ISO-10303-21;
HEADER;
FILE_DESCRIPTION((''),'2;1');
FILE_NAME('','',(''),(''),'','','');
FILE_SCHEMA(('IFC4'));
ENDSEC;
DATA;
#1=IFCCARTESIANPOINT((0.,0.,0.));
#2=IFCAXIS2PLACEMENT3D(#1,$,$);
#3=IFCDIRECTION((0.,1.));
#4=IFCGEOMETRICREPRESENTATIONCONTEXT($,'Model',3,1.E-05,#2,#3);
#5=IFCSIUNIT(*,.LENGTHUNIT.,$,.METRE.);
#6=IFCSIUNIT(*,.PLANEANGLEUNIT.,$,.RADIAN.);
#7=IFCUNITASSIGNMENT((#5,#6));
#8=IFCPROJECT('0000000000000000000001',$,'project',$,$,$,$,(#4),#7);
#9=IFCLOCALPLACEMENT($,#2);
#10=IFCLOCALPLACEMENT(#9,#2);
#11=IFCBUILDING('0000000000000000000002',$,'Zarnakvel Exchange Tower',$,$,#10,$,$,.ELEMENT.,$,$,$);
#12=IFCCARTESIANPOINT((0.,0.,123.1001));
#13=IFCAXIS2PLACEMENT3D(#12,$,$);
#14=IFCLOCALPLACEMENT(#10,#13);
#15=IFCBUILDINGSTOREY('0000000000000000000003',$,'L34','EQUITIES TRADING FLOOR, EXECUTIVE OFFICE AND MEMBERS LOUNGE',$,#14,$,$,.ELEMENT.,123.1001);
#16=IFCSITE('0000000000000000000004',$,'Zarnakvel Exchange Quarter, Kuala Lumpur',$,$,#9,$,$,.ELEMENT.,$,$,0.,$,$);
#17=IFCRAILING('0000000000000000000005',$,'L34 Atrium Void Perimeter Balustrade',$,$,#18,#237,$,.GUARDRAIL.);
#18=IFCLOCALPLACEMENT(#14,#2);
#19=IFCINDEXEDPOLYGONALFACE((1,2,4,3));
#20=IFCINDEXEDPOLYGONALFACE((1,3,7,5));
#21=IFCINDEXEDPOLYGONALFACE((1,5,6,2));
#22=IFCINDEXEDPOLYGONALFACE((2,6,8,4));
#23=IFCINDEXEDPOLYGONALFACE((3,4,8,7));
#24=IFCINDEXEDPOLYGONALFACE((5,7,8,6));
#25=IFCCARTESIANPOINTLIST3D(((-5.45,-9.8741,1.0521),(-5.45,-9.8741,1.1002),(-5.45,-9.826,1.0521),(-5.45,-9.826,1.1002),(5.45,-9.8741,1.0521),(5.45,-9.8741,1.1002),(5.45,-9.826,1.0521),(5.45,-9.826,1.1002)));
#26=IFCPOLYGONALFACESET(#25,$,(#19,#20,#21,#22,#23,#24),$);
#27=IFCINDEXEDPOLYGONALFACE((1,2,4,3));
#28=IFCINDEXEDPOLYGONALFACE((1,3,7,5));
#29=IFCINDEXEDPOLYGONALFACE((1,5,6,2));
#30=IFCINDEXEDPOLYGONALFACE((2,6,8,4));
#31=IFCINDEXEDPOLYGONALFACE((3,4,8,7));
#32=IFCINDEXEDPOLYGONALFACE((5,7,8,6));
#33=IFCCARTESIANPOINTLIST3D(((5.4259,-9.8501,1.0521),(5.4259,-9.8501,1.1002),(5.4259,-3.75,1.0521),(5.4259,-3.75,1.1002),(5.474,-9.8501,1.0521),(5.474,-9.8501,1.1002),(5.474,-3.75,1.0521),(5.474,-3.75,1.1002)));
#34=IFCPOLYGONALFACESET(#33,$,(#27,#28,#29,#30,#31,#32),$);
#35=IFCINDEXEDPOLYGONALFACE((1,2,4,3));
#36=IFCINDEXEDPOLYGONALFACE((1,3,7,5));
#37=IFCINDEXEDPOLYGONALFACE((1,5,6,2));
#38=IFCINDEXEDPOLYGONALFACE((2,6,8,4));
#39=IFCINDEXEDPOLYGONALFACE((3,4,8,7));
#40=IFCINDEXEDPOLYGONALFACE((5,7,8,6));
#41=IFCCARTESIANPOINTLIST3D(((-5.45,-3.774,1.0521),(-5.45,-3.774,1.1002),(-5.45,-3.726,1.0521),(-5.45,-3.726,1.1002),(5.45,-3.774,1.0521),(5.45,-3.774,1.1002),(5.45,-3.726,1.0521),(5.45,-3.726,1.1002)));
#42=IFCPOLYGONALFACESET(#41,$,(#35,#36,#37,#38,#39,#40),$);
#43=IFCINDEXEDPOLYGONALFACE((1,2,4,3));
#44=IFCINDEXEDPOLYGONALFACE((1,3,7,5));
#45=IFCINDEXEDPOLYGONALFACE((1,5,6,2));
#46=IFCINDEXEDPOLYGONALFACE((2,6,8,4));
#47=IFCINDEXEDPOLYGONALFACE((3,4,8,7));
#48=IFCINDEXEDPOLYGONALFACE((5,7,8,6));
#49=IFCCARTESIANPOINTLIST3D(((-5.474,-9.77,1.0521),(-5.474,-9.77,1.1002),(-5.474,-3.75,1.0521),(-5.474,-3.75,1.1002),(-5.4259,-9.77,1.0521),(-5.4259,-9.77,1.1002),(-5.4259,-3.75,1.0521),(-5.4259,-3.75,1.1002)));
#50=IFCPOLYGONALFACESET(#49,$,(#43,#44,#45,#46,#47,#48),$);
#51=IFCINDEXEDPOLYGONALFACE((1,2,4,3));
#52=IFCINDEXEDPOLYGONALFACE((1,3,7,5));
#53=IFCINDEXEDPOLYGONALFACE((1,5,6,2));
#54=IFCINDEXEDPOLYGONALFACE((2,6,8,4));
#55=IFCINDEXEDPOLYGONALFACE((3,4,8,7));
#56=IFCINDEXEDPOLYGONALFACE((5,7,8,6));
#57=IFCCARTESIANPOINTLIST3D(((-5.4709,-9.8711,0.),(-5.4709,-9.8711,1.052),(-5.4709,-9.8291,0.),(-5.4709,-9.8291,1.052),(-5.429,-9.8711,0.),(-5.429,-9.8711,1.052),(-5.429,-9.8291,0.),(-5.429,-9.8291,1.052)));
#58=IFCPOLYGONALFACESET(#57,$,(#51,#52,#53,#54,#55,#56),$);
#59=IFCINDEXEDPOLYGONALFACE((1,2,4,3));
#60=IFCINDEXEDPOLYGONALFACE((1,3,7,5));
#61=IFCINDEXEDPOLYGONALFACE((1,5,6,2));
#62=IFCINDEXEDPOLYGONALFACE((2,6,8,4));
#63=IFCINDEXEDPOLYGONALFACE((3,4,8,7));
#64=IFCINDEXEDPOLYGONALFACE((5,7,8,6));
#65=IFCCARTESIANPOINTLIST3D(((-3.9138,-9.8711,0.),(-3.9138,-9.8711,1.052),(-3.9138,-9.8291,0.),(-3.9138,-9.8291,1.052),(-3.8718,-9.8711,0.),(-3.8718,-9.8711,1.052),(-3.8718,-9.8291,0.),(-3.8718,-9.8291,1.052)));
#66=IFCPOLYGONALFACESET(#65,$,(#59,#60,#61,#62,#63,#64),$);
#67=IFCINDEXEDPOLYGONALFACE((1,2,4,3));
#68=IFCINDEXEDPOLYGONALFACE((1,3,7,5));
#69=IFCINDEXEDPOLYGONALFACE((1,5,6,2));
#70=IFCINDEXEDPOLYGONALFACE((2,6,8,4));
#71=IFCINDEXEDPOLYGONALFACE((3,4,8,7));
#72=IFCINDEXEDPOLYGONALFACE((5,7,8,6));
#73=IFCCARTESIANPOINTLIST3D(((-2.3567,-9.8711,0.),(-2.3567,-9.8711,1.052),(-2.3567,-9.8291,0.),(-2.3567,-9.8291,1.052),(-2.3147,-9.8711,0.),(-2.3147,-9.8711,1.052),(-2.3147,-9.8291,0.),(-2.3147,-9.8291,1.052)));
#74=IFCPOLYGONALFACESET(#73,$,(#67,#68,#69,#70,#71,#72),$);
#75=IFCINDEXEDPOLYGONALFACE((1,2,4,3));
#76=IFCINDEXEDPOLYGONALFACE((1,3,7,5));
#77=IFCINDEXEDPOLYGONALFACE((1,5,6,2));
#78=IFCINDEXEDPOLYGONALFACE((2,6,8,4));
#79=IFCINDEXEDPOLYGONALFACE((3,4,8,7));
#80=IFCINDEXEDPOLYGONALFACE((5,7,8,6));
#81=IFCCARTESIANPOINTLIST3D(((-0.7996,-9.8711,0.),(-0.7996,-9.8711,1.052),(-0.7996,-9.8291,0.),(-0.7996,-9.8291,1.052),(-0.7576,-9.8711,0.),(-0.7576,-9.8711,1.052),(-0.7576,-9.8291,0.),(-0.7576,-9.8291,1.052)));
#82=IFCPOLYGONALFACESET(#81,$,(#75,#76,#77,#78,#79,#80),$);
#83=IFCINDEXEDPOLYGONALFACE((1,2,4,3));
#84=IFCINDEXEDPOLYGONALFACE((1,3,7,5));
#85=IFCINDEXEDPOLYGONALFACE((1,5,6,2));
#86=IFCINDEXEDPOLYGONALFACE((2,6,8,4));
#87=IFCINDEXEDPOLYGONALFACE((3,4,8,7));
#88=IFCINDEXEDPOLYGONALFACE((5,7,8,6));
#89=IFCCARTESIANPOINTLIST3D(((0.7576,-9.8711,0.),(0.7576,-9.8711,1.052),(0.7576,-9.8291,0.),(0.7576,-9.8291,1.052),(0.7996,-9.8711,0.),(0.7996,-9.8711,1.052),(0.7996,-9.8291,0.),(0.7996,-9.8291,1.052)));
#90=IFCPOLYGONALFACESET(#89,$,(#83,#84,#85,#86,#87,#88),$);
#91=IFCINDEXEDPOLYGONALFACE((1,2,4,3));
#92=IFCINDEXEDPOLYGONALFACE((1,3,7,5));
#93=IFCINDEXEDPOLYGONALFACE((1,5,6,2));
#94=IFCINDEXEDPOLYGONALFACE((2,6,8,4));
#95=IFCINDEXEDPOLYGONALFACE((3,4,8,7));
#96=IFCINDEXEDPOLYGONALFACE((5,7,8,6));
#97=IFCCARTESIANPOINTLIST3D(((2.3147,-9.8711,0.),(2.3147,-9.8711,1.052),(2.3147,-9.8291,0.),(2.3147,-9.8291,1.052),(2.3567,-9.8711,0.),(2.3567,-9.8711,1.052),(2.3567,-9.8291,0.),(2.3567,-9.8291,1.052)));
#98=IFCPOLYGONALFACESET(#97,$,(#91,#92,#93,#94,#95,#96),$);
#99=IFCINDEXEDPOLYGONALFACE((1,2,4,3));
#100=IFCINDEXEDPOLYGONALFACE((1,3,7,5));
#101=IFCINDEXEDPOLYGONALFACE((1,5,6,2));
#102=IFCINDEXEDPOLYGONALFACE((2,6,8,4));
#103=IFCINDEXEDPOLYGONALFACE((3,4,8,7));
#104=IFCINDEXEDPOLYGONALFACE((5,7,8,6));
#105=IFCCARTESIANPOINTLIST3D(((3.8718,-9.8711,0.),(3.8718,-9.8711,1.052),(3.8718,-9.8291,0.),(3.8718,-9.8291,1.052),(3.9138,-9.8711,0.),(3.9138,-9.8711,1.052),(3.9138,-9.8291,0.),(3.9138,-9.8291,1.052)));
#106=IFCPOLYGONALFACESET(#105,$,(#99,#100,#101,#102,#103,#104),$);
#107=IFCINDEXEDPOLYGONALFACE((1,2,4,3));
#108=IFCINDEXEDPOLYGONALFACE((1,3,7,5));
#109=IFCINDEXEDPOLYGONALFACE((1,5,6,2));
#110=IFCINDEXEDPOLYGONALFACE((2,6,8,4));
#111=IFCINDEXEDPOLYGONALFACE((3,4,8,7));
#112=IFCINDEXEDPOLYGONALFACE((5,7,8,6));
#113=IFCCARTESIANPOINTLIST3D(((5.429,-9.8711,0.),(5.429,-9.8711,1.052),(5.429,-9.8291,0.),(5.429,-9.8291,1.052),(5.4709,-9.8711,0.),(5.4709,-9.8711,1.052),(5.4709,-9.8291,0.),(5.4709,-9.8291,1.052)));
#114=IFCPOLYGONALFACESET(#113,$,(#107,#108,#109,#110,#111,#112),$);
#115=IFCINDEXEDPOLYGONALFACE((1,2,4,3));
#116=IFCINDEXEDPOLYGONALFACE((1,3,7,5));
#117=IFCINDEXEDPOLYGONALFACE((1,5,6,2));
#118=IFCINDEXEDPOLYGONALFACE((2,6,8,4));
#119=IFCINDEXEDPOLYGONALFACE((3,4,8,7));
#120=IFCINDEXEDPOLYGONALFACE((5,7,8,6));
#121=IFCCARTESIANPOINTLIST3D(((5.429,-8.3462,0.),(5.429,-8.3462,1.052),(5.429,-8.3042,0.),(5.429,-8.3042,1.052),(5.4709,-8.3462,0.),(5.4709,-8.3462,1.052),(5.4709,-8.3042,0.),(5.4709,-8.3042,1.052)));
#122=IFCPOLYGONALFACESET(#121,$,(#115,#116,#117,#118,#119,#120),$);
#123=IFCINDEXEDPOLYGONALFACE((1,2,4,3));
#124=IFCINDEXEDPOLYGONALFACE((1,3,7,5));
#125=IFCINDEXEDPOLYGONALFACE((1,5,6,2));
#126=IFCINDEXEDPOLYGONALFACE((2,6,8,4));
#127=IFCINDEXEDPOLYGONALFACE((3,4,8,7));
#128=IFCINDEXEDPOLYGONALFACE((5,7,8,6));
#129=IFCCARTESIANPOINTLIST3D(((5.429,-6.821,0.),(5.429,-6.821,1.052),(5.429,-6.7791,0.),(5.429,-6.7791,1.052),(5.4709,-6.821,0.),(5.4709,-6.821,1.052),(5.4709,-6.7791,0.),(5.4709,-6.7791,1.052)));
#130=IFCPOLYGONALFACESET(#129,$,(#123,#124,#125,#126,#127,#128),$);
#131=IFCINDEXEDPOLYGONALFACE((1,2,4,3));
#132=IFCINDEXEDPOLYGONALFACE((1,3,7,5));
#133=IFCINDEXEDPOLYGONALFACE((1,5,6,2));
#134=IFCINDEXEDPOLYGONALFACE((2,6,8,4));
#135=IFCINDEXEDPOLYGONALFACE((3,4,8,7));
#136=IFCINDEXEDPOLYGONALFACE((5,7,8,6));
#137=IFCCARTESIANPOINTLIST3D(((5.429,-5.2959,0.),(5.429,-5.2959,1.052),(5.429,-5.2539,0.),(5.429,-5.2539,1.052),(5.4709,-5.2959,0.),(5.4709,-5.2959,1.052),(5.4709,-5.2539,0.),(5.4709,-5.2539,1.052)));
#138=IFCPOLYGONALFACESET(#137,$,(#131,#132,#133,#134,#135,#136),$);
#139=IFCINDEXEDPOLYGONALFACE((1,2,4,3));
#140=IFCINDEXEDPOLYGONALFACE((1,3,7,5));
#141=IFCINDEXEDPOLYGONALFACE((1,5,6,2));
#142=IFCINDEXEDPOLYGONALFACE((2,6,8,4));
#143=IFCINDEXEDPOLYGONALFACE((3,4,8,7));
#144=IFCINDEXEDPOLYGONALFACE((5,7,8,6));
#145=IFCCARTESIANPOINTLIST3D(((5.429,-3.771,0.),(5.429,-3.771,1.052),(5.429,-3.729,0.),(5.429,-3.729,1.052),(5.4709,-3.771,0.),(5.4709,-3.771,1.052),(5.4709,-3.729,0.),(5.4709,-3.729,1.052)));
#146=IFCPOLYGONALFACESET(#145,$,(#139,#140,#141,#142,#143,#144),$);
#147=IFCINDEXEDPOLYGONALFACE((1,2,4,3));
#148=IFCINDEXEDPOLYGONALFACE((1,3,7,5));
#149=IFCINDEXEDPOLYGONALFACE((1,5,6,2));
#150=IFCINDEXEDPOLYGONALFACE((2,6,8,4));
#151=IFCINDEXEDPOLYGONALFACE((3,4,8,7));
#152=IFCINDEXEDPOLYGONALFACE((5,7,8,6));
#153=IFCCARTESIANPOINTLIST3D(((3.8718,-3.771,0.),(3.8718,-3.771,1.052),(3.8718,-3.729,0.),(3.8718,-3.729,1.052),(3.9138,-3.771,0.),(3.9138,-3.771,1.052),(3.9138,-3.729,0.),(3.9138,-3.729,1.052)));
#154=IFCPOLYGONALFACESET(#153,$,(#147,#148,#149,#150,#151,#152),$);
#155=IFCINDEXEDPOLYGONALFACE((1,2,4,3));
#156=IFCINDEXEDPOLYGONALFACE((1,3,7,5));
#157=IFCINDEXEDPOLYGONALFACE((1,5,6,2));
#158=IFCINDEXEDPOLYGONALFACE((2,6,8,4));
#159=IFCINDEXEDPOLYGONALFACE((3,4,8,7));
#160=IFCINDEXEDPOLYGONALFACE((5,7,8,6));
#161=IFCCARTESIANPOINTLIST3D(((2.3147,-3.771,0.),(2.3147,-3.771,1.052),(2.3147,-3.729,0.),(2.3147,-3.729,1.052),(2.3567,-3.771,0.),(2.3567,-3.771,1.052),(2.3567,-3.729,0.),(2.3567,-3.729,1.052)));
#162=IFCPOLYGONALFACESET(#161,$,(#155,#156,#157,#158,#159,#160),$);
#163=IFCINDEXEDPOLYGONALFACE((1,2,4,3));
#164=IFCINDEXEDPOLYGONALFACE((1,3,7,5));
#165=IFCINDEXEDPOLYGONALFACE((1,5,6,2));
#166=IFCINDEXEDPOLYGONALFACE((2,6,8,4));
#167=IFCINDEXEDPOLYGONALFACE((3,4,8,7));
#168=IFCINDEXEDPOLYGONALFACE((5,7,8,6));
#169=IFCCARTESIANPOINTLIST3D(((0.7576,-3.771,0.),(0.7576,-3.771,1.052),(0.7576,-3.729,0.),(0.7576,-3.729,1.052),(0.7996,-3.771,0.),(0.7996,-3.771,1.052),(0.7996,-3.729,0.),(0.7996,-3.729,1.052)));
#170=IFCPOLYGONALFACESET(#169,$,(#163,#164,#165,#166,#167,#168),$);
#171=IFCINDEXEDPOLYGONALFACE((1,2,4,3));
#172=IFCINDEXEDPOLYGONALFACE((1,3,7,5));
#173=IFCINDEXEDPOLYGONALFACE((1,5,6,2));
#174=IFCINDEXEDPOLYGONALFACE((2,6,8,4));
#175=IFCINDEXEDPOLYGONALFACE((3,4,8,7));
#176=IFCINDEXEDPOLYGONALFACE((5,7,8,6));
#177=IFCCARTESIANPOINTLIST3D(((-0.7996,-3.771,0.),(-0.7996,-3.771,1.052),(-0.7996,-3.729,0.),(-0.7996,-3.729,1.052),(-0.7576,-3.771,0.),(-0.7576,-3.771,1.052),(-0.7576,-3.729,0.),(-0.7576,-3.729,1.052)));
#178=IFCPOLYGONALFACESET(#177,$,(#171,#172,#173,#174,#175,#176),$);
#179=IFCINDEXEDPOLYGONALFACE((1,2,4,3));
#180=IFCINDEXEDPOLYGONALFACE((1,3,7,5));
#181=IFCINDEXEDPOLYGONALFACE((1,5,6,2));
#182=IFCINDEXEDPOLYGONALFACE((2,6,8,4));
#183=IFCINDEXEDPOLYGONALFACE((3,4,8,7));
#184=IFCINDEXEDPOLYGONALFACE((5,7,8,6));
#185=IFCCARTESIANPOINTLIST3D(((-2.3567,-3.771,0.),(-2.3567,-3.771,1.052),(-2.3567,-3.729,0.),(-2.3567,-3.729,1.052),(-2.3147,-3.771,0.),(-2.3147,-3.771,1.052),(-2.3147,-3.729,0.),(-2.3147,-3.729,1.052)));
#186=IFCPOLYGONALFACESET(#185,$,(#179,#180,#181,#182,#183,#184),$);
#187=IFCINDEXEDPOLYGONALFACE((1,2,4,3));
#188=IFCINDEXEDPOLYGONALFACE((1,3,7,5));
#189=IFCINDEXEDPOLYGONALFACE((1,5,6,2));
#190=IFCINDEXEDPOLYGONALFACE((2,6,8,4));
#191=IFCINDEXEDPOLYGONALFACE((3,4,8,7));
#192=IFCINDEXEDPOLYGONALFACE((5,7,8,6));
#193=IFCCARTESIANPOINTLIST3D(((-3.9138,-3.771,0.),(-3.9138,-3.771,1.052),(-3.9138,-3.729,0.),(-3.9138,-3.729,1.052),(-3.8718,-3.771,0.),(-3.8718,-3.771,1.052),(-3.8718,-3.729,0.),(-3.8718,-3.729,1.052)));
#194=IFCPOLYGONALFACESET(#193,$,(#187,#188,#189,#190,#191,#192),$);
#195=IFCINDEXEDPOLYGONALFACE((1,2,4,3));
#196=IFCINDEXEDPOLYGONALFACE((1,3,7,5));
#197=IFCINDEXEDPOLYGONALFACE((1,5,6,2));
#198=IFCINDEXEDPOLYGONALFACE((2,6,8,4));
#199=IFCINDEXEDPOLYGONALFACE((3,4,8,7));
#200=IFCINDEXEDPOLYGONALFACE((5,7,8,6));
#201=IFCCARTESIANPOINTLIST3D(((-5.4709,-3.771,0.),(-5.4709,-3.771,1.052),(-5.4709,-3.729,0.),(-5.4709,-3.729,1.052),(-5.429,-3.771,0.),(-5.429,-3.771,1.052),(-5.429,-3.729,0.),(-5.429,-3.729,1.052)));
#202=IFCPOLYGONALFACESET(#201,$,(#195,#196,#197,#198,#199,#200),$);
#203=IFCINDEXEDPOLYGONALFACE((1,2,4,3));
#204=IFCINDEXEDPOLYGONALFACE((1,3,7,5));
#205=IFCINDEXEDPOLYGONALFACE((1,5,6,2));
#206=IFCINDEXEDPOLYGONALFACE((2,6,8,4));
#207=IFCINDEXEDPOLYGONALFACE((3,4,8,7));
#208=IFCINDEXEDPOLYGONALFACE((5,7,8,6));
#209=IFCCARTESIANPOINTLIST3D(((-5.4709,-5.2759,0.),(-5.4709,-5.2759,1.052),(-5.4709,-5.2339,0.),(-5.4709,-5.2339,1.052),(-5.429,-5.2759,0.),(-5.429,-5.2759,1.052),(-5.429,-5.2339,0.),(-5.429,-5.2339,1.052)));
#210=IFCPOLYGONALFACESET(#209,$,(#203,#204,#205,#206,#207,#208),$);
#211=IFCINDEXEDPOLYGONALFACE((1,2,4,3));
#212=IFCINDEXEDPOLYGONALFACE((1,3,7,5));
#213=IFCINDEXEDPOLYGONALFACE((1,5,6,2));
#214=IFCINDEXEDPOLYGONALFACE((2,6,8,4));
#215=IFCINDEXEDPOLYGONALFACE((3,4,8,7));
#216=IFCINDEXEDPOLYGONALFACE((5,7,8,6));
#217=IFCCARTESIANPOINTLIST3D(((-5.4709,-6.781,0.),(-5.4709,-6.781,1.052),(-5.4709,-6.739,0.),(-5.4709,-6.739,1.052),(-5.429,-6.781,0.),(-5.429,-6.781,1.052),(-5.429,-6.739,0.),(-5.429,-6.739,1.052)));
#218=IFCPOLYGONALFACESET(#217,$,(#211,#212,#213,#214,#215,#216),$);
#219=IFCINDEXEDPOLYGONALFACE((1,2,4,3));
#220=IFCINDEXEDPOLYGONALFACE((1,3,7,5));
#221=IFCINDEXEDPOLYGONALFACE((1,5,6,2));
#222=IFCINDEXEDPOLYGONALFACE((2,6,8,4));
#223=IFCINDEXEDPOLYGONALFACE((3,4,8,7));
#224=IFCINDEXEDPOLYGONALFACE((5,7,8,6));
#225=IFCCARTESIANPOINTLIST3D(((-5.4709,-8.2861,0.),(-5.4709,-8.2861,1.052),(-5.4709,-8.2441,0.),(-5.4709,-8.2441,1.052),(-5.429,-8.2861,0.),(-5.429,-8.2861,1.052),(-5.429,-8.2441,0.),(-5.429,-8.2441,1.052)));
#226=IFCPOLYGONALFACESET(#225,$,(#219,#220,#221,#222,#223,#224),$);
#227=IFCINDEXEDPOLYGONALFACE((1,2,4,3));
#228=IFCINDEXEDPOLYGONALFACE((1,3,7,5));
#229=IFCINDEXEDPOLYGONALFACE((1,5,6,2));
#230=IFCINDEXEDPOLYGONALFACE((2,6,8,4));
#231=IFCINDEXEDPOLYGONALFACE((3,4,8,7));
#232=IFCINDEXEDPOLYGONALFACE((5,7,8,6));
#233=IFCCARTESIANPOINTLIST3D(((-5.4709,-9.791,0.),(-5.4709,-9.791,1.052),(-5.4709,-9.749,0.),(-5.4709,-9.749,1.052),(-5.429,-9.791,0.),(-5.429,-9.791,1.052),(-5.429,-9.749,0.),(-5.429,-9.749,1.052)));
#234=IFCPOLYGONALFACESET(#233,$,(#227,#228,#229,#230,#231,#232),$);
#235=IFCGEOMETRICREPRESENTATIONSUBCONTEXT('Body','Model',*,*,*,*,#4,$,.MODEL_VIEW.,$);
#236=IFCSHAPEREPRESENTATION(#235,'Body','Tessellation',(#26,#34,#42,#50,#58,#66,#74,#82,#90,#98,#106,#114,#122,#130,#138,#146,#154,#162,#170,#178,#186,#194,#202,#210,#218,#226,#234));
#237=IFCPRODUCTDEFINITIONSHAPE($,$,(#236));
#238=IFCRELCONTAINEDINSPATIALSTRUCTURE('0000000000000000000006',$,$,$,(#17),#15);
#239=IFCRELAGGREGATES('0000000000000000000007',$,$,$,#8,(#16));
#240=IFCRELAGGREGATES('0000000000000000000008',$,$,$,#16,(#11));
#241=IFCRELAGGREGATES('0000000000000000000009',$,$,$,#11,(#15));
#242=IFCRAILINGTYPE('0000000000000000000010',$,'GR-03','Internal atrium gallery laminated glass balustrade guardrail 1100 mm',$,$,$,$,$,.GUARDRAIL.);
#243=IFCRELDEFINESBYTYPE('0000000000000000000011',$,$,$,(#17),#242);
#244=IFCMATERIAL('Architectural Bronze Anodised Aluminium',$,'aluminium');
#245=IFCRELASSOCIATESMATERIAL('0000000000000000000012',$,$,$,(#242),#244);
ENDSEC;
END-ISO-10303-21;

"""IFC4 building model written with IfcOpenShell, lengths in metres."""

from ifc_helpers import new_model, si_unit, direction, frame, origin, origin_2d, place, context, subcontext, project, spatial, rectangle, extrude, material, type_object, element, save


model = new_model("IFC4")

# Units and contexts
model_context = context("Model", 3, precision=1e-05, world=origin(), true_north=direction((0.0, 1.0)))
body_context = subcontext(model_context, "Body", "Model", "MODEL_VIEW")
ifc_project = project(units=[si_unit("LENGTHUNIT", "METRE"), si_unit("PLANEANGLEUNIT", "RADIAN")], contexts=[model_context])

# Site, building, storey
site_placement = place(None, origin())
site = spatial("IfcSite", under=ifc_project, at=site_placement, Name="Zarnakvel Exchange Quarter, Kuala Lumpur", CompositionType="ELEMENT", RefElevation=0.0)
building_placement = place(site_placement, origin())
building = spatial("IfcBuilding", under=site, at=building_placement, Name="Zarnakvel Exchange Tower", CompositionType="ELEMENT")
storey_placement = place(building_placement, frame((0.0, 0.0, 123.1001)))
storey = spatial("IfcBuildingStorey", under=building, at=storey_placement, Name="L34", Description="EQUITIES TRADING FLOOR, EXECUTIVE OFFICE AND MEMBERS LOUNGE", CompositionType="ELEMENT", Elevation=123.1001)

# Shared definitions
ifc_material_1 = material(Name="Architectural Bronze Anodised Aluminium", Category="aluminium")

# Railing
railing_type_1 = type_object("IfcRailingType", Name="GR-03", Description="Internal atrium gallery laminated glass balustrade guardrail 1100 mm", PredefinedType="GUARDRAIL", material=ifc_material_1)
railing_1_placement = place(storey_placement, frame((-5.45, -9.8501, 0.0)))
element("IfcRailing", 1, at=railing_1_placement, inside=storey, type_object=railing_type_1, Name="L34 Atrium Void Perimeter Balustrade", PredefinedType="GUARDRAIL", context=body_context, shape_type="SweptSolid", body=[
    extrude(rectangle(XDim=0.0481, YDim=0.0481, at=origin_2d()), frame((0.0, 0.0, 1.0762), z_axis=(1.0, 0.0, 0.0), x_axis=(0.0, 1.0, 0.0)), (0.0, 0.0, 1.0), 10.8999),
    extrude(rectangle(XDim=0.0481, YDim=0.0481, at=origin_2d()), frame((10.8999, 0.0, 1.0762), z_axis=(0.0, 1.0, 0.0), x_axis=(-1.0, 0.0, 0.0)), (0.0, 0.0, 1.0), 6.1001),
    extrude(rectangle(XDim=0.0481, YDim=0.0481, at=origin_2d()), frame((10.8999, 6.1001, 1.0762), z_axis=(-1.0, 0.0, 0.0), x_axis=(0.0, -1.0, 0.0)), (0.0, 0.0, 1.0), 10.8999),
    extrude(rectangle(XDim=0.0481, YDim=0.0481, at=origin_2d()), frame((0.0, 6.1001, 1.0762), z_axis=(0.0, -1.0, 0.0), x_axis=(1.0, 0.0, 0.0)), (0.0, 0.0, 1.0), 6.02),
    extrude(rectangle(XDim=0.042, YDim=0.042, at=origin_2d()), origin(), (0.0, 0.0, 1.0), 1.052),
    extrude(rectangle(XDim=0.042, YDim=0.042, at=origin_2d()), frame((1.5571, 0.0, 0.0)), (0.0, 0.0, 1.0), 1.052),
    extrude(rectangle(XDim=0.042, YDim=0.042, at=origin_2d()), frame((3.1143, 0.0, 0.0)), (0.0, 0.0, 1.0), 1.052),
    extrude(rectangle(XDim=0.042, YDim=0.042, at=origin_2d()), frame((4.6714, 0.0, 0.0)), (0.0, 0.0, 1.0), 1.052),
    extrude(rectangle(XDim=0.042, YDim=0.042, at=origin_2d()), frame((6.2285, 0.0, 0.0)), (0.0, 0.0, 1.0), 1.052),
    extrude(rectangle(XDim=0.042, YDim=0.042, at=origin_2d()), frame((7.7856, 0.0, 0.0)), (0.0, 0.0, 1.0), 1.052),
    extrude(rectangle(XDim=0.042, YDim=0.042, at=origin_2d()), frame((9.3428, 0.0, 0.0)), (0.0, 0.0, 1.0), 1.052),
    extrude(rectangle(XDim=0.042, YDim=0.042, at=origin_2d()), frame((10.8999, 0.0, 0.0)), (0.0, 0.0, 1.0), 1.052),
    extrude(rectangle(XDim=0.042, YDim=0.042, at=origin_2d()), frame((10.8999, 1.5249, 0.0)), (0.0, 0.0, 1.0), 1.052),
    extrude(rectangle(XDim=0.042, YDim=0.042, at=origin_2d()), frame((10.8999, 3.05, 0.0)), (0.0, 0.0, 1.0), 1.052),
    extrude(rectangle(XDim=0.042, YDim=0.042, at=origin_2d()), frame((10.8999, 4.5752, 0.0)), (0.0, 0.0, 1.0), 1.052),
    extrude(rectangle(XDim=0.042, YDim=0.042, at=origin_2d()), frame((10.8999, 6.1001, 0.0)), (0.0, 0.0, 1.0), 1.052),
    extrude(rectangle(XDim=0.042, YDim=0.042, at=origin_2d()), frame((9.3428, 6.1001, 0.0)), (0.0, 0.0, 1.0), 1.052),
    extrude(rectangle(XDim=0.042, YDim=0.042, at=origin_2d()), frame((7.7856, 6.1001, 0.0)), (0.0, 0.0, 1.0), 1.052),
    extrude(rectangle(XDim=0.042, YDim=0.042, at=origin_2d()), frame((6.2285, 6.1001, 0.0)), (0.0, 0.0, 1.0), 1.052),
    extrude(rectangle(XDim=0.042, YDim=0.042, at=origin_2d()), frame((4.6714, 6.1001, 0.0)), (0.0, 0.0, 1.0), 1.052),
    extrude(rectangle(XDim=0.042, YDim=0.042, at=origin_2d()), frame((3.1143, 6.1001, 0.0)), (0.0, 0.0, 1.0), 1.052),
    extrude(rectangle(XDim=0.042, YDim=0.042, at=origin_2d()), frame((1.5571, 6.1001, 0.0)), (0.0, 0.0, 1.0), 1.052),
    extrude(rectangle(XDim=0.042, YDim=0.042, at=origin_2d()), frame((0.0, 6.1001, 0.0)), (0.0, 0.0, 1.0), 1.052),
    extrude(rectangle(XDim=0.042, YDim=0.042, at=origin_2d()), frame((0.0, 4.5952, 0.0)), (0.0, 0.0, 1.0), 1.052),
    extrude(rectangle(XDim=0.042, YDim=0.042, at=origin_2d()), frame((0.0, 3.0901, 0.0)), (0.0, 0.0, 1.0), 1.052),
    extrude(rectangle(XDim=0.042, YDim=0.042, at=origin_2d()), frame((0.0, 1.585, 0.0)), (0.0, 0.0, 1.0), 1.052),
    extrude(rectangle(XDim=0.042, YDim=0.042, at=origin_2d()), frame((0.0, 0.0801, 0.0)), (0.0, 0.0, 1.0), 1.052),
])

save(model, "model.ifc")
